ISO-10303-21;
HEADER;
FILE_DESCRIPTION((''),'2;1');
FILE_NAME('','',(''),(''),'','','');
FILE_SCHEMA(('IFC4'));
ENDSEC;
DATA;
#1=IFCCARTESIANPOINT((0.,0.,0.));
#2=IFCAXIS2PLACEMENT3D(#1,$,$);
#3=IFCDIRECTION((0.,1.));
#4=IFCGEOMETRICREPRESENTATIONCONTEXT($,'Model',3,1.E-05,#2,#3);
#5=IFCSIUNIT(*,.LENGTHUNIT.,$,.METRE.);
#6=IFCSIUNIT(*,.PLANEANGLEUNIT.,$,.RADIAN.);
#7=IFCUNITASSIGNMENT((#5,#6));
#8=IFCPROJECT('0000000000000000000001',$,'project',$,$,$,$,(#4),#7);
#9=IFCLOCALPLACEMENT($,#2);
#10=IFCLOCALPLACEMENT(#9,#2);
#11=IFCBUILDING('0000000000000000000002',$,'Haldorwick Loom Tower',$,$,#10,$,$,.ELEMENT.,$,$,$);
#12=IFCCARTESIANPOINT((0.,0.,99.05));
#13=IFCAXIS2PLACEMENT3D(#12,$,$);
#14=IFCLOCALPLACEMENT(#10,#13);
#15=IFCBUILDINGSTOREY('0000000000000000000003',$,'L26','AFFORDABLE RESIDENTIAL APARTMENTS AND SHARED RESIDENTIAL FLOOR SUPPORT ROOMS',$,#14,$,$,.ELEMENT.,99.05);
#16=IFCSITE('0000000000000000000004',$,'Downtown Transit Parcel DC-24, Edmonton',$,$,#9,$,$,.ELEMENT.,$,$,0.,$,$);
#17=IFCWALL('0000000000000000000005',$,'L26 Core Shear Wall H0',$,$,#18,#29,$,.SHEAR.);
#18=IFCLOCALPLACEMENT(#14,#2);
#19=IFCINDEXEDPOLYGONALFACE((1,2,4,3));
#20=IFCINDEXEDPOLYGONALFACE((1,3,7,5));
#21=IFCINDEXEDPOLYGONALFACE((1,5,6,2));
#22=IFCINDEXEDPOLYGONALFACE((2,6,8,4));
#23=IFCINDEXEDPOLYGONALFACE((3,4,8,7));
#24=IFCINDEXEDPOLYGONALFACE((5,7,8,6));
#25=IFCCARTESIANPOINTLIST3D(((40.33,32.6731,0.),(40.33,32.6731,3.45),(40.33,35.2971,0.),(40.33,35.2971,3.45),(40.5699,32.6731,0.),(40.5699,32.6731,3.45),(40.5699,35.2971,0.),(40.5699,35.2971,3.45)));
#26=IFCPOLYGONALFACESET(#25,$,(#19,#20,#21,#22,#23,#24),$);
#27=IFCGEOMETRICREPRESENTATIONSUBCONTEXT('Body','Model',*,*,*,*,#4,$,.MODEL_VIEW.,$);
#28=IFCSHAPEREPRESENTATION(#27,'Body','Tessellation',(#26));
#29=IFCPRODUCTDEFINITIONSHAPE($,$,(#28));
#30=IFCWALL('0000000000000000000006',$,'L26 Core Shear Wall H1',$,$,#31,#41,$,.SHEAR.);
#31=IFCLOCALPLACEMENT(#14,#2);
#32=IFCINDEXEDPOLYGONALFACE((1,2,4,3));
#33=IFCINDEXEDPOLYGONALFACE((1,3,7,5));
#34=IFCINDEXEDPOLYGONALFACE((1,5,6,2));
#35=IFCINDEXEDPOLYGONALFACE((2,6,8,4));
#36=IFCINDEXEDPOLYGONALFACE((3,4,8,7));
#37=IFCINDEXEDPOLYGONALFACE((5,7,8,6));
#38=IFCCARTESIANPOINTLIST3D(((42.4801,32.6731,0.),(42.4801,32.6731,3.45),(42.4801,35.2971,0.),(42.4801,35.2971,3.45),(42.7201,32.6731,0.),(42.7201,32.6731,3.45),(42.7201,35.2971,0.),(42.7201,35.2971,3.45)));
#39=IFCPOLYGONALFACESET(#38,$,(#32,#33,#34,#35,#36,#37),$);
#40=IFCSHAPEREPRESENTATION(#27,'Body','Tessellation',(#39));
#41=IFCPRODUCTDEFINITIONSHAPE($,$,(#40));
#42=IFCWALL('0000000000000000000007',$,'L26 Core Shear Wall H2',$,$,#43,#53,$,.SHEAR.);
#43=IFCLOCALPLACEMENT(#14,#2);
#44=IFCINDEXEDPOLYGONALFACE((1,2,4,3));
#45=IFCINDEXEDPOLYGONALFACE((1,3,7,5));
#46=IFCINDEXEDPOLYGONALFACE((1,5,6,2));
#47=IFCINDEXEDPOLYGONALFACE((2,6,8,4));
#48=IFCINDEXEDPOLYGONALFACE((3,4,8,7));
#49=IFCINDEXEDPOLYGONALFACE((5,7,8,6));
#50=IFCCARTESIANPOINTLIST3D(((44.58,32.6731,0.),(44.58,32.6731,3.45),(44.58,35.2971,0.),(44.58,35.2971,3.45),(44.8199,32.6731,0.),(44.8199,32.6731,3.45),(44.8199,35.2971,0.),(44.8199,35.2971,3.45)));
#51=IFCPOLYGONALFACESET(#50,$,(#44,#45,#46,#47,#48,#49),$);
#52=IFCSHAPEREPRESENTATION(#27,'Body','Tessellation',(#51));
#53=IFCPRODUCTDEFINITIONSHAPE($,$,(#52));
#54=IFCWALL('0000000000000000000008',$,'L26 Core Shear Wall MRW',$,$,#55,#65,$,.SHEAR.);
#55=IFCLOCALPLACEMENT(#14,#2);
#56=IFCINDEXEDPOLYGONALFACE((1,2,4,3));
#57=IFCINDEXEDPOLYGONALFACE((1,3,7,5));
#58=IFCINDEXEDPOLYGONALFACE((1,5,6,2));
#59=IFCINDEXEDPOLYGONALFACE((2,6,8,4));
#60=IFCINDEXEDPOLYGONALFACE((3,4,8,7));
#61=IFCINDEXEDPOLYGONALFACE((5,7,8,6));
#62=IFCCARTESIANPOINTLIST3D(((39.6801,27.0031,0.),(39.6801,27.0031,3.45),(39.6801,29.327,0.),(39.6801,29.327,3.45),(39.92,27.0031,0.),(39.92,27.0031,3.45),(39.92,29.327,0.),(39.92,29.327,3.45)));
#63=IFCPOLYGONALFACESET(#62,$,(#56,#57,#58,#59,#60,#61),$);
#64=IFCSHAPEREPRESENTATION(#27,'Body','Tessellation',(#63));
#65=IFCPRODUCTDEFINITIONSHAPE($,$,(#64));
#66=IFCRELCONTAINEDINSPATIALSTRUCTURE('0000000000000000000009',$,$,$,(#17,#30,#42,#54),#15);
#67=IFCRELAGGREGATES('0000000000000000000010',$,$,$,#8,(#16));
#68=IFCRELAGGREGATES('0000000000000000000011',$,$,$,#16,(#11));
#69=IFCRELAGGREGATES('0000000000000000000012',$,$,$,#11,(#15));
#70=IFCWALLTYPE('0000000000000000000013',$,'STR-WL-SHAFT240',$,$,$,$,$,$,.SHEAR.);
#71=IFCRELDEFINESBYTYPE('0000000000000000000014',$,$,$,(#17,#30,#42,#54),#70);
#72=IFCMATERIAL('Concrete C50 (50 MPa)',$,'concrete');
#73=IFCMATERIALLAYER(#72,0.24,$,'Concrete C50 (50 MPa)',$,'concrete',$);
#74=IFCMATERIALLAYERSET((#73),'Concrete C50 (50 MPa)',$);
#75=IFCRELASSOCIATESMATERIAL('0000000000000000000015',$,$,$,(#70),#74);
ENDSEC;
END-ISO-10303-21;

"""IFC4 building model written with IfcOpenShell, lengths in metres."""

from ifc_helpers import new_model, si_unit, direction, frame, frame_2d, origin, place, context, subcontext, project, spatial, rectangle, extrude, material, layer, layer_set, type_object, element, save


model = new_model("IFC4")

# Units and contexts
model_context = context("Model", 3, precision=1e-05, world=origin(), true_north=direction((0.0, 1.0)))
body_context = subcontext(model_context, "Body", "Model", "MODEL_VIEW")
ifc_project = project(units=[si_unit("LENGTHUNIT", "METRE"), si_unit("PLANEANGLEUNIT", "RADIAN")], contexts=[model_context])

# Site, building, storey
site_placement = place(None, origin())
site = spatial("IfcSite", under=ifc_project, at=site_placement, Name="Downtown Transit Parcel DC-24, Edmonton", CompositionType="ELEMENT", RefElevation=0.0)
building_placement = place(site_placement, origin())
building = spatial("IfcBuilding", under=site, at=building_placement, Name="Haldorwick Loom Tower", CompositionType="ELEMENT")
storey_placement = place(building_placement, frame((0.0, 0.0, 99.05)))
storey = spatial("IfcBuildingStorey", under=building, at=storey_placement, Name="L26", Description="AFFORDABLE RESIDENTIAL APARTMENTS AND SHARED RESIDENTIAL FLOOR SUPPORT ROOMS", CompositionType="ELEMENT", Elevation=99.05)

# Shared definitions
ifc_material_1 = material(Name="Concrete C50 (50 MPa)", Category="concrete")
ifc_layer_1 = layer(ifc_material_1, 0.24, Name="Concrete C50 (50 MPa)", Category="concrete")
ifc_layer_set_1 = layer_set([ifc_layer_1], Name="Concrete C50 (50 MPa)")
wall_type_1 = type_object("IfcWallType", Name="STR-WL-SHAFT240", PredefinedType="SHEAR", material=ifc_layer_set_1)

# Walls
for number, where, z_axis, x_axis, name in (
    (1, (40.45, 32.6731, 0.0), (0.0, 0.0, 1.0), (0.0, 1.0, 0.0), "L26 Core Shear Wall H0"),
    (2, (42.6001, 32.6731, 0.0), (0.0, 0.0, 1.0), (0.0, 1.0, 0.0), "L26 Core Shear Wall H1"),
    (3, (44.7, 32.6731, 0.0), (0.0, 0.0, 1.0), (0.0, 1.0, 0.0), "L26 Core Shear Wall H2"),
):
    element("IfcWall", number, at=place(storey_placement, frame(where, z_axis=z_axis, x_axis=x_axis)), inside=storey, type_object=wall_type_1, Name=name, PredefinedType="SHEAR", context=body_context, shape_type="SweptSolid", body=[
        extrude(rectangle(XDim=2.624, YDim=0.24, at=frame_2d((1.312, 0.0))), origin(), (0.0, 0.0, 1.0), 3.45),
    ])
wall_1_placement = place(storey_placement, frame((39.8, 27.0029, 0.0), z_axis=(0.0, 0.0, 1.0), x_axis=(0.0, 1.0, 0.0)))
element("IfcWall", 4, at=wall_1_placement, inside=storey, type_object=wall_type_1, Name="L26 Core Shear Wall MRW", PredefinedType="SHEAR", context=body_context, shape_type="SweptSolid", body=[
    extrude(rectangle(XDim=2.324, YDim=0.24, at=frame_2d((1.1621, 0.0))), origin(), (0.0, 0.0, 1.0), 3.45),
])

save(model, "model.ifc")
